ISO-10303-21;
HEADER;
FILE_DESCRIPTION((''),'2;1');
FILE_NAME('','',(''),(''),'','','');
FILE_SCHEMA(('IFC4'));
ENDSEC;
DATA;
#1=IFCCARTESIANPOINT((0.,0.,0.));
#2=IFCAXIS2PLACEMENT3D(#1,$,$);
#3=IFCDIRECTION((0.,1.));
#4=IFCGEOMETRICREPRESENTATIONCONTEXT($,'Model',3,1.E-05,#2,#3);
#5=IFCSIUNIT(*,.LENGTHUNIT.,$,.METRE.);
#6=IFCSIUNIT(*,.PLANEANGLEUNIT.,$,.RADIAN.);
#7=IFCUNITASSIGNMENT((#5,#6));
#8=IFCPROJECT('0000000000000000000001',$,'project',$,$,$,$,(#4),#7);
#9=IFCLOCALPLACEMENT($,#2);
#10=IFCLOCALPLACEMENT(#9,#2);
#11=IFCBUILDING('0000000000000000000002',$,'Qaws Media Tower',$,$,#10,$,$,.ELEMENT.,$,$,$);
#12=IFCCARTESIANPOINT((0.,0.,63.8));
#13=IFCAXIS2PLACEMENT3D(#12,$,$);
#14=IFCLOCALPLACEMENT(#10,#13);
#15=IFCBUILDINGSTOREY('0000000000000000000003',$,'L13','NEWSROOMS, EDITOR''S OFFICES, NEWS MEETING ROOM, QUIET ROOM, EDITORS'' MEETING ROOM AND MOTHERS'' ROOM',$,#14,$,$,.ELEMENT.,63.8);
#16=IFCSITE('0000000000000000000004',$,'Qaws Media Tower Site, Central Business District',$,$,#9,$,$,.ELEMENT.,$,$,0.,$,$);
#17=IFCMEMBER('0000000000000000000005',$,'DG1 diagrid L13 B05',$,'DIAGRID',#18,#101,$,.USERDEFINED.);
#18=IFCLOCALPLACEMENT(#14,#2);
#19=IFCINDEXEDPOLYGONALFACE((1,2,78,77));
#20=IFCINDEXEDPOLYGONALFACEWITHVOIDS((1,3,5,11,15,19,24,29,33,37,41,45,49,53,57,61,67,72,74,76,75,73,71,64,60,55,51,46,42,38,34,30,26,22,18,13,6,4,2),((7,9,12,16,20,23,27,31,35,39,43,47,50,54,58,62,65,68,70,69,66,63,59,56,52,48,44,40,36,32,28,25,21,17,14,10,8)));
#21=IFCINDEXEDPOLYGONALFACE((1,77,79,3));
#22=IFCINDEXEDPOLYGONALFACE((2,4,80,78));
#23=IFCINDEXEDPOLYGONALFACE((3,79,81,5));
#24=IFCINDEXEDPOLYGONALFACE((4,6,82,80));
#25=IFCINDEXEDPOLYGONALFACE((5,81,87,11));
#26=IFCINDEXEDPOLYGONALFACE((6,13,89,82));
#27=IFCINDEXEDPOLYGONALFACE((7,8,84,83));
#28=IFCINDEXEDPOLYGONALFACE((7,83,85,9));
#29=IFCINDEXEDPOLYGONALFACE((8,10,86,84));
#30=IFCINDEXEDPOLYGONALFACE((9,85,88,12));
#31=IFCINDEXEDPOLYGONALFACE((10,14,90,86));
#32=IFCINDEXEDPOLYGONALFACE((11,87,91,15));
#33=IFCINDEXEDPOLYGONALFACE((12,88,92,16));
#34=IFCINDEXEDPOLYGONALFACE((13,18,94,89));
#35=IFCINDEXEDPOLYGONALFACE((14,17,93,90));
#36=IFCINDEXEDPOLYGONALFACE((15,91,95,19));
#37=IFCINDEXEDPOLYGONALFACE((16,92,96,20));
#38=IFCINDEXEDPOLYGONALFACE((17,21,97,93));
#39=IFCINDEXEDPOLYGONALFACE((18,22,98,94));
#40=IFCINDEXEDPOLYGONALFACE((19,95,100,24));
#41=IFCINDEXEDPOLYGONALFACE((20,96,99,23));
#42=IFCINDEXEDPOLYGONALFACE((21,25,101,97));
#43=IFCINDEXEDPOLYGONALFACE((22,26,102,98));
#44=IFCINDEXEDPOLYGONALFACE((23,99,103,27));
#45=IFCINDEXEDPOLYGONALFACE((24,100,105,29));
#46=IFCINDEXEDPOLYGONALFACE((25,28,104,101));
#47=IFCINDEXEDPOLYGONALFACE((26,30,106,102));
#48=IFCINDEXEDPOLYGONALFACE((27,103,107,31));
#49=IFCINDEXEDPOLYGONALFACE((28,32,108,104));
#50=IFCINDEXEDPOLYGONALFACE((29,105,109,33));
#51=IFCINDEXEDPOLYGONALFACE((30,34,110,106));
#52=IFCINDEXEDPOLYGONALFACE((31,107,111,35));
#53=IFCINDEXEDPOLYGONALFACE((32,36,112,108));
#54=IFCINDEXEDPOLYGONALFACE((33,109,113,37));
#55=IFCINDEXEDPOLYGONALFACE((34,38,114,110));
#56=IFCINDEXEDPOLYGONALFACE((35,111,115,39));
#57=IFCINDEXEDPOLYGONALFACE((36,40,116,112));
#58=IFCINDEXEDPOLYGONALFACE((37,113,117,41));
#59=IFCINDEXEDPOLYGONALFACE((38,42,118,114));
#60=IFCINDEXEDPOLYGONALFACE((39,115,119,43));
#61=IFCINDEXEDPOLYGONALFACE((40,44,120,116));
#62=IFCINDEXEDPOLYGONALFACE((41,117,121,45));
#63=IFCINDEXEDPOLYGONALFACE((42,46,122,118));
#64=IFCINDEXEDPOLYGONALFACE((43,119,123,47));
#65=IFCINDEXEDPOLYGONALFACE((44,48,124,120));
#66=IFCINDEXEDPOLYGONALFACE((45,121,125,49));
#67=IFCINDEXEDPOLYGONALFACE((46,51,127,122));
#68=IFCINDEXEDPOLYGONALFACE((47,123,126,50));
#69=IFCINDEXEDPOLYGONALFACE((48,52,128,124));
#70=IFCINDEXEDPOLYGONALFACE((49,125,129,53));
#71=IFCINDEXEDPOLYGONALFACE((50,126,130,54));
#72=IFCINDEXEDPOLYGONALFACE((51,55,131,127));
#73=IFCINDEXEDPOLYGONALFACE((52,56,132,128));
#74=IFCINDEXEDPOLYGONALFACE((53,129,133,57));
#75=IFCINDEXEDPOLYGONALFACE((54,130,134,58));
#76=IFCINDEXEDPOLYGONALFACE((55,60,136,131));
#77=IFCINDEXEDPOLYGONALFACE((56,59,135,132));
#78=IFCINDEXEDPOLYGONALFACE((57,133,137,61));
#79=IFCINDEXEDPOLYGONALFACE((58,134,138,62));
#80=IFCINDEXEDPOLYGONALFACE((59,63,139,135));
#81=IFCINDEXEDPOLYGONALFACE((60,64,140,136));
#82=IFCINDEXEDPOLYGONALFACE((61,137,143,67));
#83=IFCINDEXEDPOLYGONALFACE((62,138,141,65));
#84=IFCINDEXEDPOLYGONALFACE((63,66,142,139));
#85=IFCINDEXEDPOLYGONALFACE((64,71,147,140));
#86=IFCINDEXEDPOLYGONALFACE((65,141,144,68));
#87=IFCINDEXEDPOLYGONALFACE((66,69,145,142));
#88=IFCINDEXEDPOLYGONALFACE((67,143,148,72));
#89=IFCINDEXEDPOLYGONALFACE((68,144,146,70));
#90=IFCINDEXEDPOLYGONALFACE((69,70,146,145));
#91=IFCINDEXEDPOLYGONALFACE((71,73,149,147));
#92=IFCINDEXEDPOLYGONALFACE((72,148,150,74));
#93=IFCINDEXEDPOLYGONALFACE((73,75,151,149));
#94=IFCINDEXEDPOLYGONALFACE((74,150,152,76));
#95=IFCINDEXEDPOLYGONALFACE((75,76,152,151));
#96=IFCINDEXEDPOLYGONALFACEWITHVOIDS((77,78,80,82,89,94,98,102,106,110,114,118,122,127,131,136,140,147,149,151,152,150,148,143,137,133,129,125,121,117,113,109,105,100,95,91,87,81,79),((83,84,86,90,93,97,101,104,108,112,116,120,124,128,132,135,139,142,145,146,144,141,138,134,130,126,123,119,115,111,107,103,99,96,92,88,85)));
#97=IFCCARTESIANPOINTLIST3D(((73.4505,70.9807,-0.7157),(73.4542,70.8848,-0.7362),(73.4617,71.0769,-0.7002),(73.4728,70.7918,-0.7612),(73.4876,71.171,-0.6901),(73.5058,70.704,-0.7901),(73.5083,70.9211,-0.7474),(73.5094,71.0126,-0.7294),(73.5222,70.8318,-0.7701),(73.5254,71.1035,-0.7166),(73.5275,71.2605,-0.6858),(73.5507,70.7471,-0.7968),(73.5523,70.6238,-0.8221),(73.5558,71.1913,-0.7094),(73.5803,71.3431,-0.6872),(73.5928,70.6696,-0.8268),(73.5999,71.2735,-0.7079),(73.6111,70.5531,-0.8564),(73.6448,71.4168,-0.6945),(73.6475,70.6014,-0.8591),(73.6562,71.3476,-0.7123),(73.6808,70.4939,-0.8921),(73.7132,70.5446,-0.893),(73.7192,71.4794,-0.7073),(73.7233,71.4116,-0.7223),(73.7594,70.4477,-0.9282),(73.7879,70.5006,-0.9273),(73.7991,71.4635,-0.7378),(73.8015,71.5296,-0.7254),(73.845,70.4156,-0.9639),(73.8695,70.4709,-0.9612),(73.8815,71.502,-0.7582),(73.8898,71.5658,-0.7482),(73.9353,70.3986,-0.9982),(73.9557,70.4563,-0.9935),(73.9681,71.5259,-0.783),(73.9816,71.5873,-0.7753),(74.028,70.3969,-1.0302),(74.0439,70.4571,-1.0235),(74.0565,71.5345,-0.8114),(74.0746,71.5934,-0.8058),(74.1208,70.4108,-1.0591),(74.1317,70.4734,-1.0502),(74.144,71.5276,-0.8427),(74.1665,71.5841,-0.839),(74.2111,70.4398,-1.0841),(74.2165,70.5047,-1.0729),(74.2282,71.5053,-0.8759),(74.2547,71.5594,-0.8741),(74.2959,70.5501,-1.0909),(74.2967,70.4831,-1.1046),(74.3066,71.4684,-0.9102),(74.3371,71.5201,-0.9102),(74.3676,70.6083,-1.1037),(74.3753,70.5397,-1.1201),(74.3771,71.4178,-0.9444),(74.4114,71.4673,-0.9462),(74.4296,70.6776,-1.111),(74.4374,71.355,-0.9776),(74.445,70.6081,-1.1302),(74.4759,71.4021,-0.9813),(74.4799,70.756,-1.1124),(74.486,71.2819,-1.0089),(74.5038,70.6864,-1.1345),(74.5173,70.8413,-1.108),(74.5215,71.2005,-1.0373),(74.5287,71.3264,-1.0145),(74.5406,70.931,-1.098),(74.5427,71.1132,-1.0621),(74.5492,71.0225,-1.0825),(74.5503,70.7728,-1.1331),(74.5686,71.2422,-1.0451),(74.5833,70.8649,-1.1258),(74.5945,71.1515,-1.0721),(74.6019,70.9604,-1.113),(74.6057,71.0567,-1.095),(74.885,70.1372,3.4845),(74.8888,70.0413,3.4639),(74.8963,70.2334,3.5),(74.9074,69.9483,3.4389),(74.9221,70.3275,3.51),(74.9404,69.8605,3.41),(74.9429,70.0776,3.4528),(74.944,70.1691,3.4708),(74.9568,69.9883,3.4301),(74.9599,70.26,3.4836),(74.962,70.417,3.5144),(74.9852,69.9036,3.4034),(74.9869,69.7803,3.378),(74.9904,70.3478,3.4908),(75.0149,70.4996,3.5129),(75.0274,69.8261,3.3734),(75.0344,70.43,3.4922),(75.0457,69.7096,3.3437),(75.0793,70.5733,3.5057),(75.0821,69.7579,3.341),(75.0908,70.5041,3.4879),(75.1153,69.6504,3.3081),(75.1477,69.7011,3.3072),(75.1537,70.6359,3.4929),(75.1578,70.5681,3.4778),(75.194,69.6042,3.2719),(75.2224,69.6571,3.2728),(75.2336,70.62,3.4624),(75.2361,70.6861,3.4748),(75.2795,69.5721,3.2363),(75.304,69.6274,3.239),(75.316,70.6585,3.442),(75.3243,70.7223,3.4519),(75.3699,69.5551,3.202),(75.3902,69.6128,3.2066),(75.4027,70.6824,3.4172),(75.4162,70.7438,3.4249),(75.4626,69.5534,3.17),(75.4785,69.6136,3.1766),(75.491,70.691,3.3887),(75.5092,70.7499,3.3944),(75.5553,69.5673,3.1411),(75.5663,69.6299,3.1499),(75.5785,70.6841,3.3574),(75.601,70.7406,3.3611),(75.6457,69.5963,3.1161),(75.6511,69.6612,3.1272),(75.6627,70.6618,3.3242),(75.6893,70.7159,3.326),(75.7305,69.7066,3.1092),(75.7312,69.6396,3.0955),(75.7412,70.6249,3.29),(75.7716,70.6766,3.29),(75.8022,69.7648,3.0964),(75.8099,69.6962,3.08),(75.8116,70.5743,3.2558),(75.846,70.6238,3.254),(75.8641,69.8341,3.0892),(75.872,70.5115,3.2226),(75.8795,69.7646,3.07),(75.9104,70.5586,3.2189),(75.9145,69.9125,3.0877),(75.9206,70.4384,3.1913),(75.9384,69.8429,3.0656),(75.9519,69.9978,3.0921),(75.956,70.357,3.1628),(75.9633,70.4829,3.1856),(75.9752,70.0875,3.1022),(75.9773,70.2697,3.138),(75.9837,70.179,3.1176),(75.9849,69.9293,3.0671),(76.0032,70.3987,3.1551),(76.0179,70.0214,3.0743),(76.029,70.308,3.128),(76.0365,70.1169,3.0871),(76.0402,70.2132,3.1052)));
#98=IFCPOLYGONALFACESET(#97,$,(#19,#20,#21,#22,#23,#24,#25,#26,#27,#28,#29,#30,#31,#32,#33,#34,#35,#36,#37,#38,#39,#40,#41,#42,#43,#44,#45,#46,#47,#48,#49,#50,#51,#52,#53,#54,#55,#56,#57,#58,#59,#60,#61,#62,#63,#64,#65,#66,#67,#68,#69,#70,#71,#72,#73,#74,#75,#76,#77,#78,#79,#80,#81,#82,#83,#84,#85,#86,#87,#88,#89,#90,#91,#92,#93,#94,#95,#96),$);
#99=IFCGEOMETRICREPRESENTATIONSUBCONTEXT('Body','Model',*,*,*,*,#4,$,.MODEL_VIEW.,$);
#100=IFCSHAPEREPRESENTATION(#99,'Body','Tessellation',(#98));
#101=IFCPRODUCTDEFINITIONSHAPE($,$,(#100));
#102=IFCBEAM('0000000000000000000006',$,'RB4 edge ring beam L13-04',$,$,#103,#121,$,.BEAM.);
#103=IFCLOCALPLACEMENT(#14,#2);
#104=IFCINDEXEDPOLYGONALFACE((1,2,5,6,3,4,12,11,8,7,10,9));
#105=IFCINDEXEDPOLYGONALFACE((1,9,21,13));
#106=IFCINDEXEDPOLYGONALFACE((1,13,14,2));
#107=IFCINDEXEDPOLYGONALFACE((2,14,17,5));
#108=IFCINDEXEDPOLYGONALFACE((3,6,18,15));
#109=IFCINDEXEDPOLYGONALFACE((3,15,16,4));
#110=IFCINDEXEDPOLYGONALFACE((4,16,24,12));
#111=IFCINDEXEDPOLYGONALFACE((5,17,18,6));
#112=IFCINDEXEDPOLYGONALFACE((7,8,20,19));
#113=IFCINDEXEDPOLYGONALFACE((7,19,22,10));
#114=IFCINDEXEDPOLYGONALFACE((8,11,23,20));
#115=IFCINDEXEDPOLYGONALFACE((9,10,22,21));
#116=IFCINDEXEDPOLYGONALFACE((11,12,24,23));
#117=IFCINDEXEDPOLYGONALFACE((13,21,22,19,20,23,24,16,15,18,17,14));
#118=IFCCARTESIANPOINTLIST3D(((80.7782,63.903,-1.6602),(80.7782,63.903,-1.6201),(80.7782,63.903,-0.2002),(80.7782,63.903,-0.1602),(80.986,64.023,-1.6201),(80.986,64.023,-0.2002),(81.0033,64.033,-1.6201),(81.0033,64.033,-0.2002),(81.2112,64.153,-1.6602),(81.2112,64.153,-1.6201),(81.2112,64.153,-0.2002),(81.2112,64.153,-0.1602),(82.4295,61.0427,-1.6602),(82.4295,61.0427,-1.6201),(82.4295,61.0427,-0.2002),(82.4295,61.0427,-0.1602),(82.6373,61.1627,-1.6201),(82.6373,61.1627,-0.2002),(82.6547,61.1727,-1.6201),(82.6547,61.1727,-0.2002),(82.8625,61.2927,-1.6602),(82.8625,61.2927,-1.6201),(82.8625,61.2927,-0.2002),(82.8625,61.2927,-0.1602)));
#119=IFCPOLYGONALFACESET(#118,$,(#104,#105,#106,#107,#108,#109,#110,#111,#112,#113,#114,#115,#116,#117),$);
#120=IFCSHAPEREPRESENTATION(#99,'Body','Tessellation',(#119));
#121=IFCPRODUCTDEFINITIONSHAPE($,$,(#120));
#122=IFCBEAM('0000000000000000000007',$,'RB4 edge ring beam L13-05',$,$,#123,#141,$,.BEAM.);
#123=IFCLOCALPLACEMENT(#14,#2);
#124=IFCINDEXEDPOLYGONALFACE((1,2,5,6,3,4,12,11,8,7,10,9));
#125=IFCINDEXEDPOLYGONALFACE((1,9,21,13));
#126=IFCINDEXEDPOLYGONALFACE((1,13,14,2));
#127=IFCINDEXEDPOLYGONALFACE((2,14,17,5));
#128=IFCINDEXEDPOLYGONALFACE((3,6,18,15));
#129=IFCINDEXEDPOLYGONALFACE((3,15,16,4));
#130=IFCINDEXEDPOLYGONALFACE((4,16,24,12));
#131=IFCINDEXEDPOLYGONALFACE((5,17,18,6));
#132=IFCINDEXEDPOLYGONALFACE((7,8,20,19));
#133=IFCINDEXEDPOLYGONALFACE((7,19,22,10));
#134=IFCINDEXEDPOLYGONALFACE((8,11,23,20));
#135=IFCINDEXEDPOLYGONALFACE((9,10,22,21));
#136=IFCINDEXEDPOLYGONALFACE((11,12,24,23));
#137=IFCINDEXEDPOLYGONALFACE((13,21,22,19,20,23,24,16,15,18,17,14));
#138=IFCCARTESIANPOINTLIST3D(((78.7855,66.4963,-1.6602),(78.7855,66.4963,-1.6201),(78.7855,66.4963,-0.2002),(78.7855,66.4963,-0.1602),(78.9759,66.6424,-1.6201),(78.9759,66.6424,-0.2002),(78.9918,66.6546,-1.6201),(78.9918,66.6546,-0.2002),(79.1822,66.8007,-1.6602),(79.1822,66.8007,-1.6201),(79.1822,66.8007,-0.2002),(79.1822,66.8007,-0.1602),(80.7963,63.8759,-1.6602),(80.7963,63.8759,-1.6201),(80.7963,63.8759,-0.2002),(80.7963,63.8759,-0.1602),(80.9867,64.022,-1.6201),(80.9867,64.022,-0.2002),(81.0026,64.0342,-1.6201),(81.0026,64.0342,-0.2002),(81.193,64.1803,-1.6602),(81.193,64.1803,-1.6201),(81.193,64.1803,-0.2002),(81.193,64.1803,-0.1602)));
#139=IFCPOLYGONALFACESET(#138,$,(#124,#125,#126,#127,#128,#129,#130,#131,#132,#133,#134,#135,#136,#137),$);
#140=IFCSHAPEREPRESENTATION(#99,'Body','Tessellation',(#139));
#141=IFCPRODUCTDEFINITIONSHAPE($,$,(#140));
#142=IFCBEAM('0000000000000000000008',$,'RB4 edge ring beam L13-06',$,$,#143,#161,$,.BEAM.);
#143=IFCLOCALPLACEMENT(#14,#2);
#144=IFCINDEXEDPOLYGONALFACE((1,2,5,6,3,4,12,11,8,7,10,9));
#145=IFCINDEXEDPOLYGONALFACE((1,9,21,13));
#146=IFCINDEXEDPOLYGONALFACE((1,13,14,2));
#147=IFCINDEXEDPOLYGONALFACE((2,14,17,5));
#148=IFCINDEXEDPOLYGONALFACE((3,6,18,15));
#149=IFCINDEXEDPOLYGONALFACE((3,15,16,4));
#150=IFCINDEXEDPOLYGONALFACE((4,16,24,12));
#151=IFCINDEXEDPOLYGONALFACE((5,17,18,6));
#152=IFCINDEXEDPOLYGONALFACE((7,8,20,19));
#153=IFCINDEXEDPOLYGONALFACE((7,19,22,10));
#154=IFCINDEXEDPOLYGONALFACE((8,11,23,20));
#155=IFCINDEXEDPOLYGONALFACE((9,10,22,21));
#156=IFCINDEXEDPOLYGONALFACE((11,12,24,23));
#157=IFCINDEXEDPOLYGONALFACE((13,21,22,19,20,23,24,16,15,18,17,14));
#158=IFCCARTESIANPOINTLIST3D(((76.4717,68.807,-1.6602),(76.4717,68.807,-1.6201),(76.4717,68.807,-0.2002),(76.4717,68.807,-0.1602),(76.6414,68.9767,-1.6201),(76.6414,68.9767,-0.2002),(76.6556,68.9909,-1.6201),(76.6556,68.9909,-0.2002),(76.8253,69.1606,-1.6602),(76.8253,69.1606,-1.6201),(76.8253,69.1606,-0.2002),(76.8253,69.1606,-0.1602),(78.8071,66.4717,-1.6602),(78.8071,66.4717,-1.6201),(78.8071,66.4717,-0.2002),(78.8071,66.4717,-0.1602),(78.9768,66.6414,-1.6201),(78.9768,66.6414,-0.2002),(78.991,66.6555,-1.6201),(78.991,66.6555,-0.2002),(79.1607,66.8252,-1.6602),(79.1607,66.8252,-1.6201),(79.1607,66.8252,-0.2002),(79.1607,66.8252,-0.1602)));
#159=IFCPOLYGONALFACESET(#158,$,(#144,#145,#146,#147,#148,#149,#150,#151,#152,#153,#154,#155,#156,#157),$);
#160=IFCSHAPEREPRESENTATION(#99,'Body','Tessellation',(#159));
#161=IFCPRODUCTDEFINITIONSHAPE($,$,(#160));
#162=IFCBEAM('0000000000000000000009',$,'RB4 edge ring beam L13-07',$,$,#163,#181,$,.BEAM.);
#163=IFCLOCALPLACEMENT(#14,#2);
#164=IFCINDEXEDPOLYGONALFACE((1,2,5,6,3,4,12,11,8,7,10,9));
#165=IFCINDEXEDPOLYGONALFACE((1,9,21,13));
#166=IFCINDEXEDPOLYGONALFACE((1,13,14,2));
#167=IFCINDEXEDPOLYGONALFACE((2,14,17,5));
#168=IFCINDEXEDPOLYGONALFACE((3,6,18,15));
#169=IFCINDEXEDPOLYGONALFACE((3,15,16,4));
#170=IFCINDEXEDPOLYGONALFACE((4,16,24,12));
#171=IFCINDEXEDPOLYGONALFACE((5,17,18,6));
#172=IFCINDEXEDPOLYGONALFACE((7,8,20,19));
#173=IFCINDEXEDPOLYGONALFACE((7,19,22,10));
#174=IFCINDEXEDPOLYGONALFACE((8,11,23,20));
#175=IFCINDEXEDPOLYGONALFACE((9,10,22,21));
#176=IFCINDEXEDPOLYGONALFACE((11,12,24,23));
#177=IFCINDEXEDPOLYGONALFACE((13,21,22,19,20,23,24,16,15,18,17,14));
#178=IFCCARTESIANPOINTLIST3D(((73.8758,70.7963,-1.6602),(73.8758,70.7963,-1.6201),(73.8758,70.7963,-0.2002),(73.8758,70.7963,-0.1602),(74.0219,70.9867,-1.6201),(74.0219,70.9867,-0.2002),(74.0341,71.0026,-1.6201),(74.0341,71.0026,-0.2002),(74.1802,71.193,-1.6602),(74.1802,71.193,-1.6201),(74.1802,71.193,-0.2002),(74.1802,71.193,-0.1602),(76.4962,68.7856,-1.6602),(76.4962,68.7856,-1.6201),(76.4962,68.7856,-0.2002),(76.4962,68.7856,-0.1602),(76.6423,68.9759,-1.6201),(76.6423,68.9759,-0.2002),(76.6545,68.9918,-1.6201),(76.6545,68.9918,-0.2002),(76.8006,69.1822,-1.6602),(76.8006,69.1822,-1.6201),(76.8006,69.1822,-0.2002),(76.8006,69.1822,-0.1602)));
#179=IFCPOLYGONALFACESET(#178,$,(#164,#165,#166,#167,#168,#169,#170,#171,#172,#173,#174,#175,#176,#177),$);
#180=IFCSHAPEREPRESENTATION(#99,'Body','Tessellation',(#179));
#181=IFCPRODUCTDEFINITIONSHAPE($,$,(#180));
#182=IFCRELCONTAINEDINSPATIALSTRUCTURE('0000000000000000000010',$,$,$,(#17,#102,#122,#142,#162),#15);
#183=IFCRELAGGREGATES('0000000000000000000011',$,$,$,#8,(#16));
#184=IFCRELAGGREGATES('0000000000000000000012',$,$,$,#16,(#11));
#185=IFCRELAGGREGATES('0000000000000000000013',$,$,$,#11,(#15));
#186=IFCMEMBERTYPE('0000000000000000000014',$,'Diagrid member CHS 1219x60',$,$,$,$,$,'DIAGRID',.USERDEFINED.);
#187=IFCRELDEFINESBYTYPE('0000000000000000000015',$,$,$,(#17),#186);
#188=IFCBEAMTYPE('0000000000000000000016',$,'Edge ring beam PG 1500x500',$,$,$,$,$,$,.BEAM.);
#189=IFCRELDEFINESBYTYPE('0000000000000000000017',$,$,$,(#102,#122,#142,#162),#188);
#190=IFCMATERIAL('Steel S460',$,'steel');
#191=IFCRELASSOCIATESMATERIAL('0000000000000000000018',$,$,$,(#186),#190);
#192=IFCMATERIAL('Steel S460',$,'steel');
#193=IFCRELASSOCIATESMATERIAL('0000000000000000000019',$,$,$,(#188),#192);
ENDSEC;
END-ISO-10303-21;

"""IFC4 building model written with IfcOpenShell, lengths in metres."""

from ifc_helpers import new_model, si_unit, direction, frame, origin, origin_2d, place, context, subcontext, project, spatial, hollow_circle, i_section, extrude, material, material_profile, profile_set, type_object, element, save


model = new_model("IFC4")

# Units and contexts
model_context = context("Model", 3, precision=1e-05, world=origin(), true_north=direction((0.0, 1.0)))
body_context = subcontext(model_context, "Body", "Model", "MODEL_VIEW")
ifc_project = project(units=[si_unit("LENGTHUNIT", "METRE"), si_unit("PLANEANGLEUNIT", "RADIAN")], contexts=[model_context])

# Site, building, storey
site_placement = place(None, origin())
site = spatial("IfcSite", under=ifc_project, at=site_placement, Name="Qaws Media Tower Site, Central Business District", CompositionType="ELEMENT", RefElevation=0.0)
building_placement = place(site_placement, origin())
building = spatial("IfcBuilding", under=site, at=building_placement, Name="Qaws Media Tower", CompositionType="ELEMENT")
storey_placement = place(building_placement, frame((0.0, 0.0, 63.8)))
storey = spatial("IfcBuildingStorey", under=building, at=storey_placement, Name="L13", Description="NEWSROOMS, EDITOR'S OFFICES, NEWS MEETING ROOM, QUIET ROOM, EDITORS' MEETING ROOM AND MOTHERS' ROOM", CompositionType="ELEMENT", Elevation=63.8)

# Member
ifc_material_1 = material(Name="Steel S460", Category="steel")
ifc_material_profile_1 = material_profile(ifc_material_1, hollow_circle(Radius=0.6096, WallThickness=0.0601, at=origin_2d()), Name="CHS 1219x60")
ifc_profile_set_1 = profile_set([ifc_material_profile_1], Name="Steel S460")
member_type_1 = type_object("IfcMemberType", Name="Diagrid member CHS 1219x60", ElementType="DIAGRID", PredefinedType="USERDEFINED", material=ifc_profile_set_1)
for number, where, z_axis, x_axis, name in (
    (1, (74.0281, 70.9946, -0.9102), (0.317533, -0.186704, 0.929685), (0.50686, 0.862028, 0.0), "DG1 diagrid L13 B05"),
):
    element("IfcMember", number, at=place(storey_placement, frame(where, z_axis=z_axis, x_axis=x_axis)), inside=storey, type_object=member_type_1, Name=name, ObjectType="DIAGRID", PredefinedType="USERDEFINED", context=body_context, shape_type="SweptSolid", body=[
        extrude(hollow_circle(Radius=0.6096, WallThickness=0.0601, at=origin_2d()), origin(), (0.0, 0.0, 1.0), 4.5178),
    ])

# Beams
ifc_material_2 = material(Name="Steel S460", Category="steel")
ifc_material_profile_2 = material_profile(ifc_material_2, i_section(OverallWidth=0.5, OverallDepth=1.5, WebThickness=0.02, FlangeThickness=0.04, at=origin_2d()), Name="PG 1500x500")
ifc_profile_set_2 = profile_set([ifc_material_profile_2], Name="Steel S460")
beam_type = type_object("IfcBeamType", Name="Edge ring beam PG 1500x500", PredefinedType="BEAM", material=ifc_profile_set_2)
beam_1_placement = place(storey_placement, frame((82.646, 61.1677, -0.9102), z_axis=(-0.499987, 0.866033, 0.0), x_axis=(-0.866033, -0.499987, 0.0)))
element("IfcBeam", 2, at=beam_1_placement, inside=storey, type_object=beam_type, Name="RB4 edge ring beam L13-04", PredefinedType="BEAM", context=body_context, shape_type="SweptSolid", body=[
    extrude(i_section(OverallWidth=0.5, OverallDepth=1.5, WebThickness=0.02, FlangeThickness=0.04, at=origin_2d()), origin(), (0.0, 0.0, 1.0), 3.3027),
])
beam_2_placement = place(storey_placement, frame((80.9946, 64.0281, -0.9102), z_axis=(-0.608774, 0.793343, 0.0), x_axis=(-0.793343, -0.608774, 0.0)))
element("IfcBeam", 3, at=beam_2_placement, inside=storey, type_object=beam_type, Name="RB4 edge ring beam L13-05", PredefinedType="BEAM", context=body_context, shape_type="SweptSolid", body=[
    extrude(i_section(OverallWidth=0.5, OverallDepth=1.5, WebThickness=0.02, FlangeThickness=0.04, at=origin_2d()), origin(), (0.0, 0.0, 1.0), 3.303),
])
beam_3_placement = place(storey_placement, frame((78.9839, 66.6484, -0.9102), z_axis=(-0.707107, 0.707107, 0.0), x_axis=(-0.707107, -0.707107, 0.0)))
element("IfcBeam", 4, at=beam_3_placement, inside=storey, type_object=beam_type, Name="RB4 edge ring beam L13-06", PredefinedType="BEAM", context=body_context, shape_type="SweptSolid", body=[
    extrude(i_section(OverallWidth=0.5, OverallDepth=1.5, WebThickness=0.02, FlangeThickness=0.04, at=origin_2d()), origin(), (0.0, 0.0, 1.0), 3.3027),
])
beam_4_placement = place(storey_placement, frame((76.6484, 68.9839, -0.9102), z_axis=(-0.793343, 0.608774, 0.0), x_axis=(-0.608774, -0.793343, 0.0)))
element("IfcBeam", 5, at=beam_4_placement, inside=storey, type_object=beam_type, Name="RB4 edge ring beam L13-07", PredefinedType="BEAM", context=body_context, shape_type="SweptSolid", body=[
    extrude(i_section(OverallWidth=0.5, OverallDepth=1.5, WebThickness=0.02, FlangeThickness=0.04, at=origin_2d()), origin(), (0.0, 0.0, 1.0), 3.303),
])

save(model, "model.ifc")
